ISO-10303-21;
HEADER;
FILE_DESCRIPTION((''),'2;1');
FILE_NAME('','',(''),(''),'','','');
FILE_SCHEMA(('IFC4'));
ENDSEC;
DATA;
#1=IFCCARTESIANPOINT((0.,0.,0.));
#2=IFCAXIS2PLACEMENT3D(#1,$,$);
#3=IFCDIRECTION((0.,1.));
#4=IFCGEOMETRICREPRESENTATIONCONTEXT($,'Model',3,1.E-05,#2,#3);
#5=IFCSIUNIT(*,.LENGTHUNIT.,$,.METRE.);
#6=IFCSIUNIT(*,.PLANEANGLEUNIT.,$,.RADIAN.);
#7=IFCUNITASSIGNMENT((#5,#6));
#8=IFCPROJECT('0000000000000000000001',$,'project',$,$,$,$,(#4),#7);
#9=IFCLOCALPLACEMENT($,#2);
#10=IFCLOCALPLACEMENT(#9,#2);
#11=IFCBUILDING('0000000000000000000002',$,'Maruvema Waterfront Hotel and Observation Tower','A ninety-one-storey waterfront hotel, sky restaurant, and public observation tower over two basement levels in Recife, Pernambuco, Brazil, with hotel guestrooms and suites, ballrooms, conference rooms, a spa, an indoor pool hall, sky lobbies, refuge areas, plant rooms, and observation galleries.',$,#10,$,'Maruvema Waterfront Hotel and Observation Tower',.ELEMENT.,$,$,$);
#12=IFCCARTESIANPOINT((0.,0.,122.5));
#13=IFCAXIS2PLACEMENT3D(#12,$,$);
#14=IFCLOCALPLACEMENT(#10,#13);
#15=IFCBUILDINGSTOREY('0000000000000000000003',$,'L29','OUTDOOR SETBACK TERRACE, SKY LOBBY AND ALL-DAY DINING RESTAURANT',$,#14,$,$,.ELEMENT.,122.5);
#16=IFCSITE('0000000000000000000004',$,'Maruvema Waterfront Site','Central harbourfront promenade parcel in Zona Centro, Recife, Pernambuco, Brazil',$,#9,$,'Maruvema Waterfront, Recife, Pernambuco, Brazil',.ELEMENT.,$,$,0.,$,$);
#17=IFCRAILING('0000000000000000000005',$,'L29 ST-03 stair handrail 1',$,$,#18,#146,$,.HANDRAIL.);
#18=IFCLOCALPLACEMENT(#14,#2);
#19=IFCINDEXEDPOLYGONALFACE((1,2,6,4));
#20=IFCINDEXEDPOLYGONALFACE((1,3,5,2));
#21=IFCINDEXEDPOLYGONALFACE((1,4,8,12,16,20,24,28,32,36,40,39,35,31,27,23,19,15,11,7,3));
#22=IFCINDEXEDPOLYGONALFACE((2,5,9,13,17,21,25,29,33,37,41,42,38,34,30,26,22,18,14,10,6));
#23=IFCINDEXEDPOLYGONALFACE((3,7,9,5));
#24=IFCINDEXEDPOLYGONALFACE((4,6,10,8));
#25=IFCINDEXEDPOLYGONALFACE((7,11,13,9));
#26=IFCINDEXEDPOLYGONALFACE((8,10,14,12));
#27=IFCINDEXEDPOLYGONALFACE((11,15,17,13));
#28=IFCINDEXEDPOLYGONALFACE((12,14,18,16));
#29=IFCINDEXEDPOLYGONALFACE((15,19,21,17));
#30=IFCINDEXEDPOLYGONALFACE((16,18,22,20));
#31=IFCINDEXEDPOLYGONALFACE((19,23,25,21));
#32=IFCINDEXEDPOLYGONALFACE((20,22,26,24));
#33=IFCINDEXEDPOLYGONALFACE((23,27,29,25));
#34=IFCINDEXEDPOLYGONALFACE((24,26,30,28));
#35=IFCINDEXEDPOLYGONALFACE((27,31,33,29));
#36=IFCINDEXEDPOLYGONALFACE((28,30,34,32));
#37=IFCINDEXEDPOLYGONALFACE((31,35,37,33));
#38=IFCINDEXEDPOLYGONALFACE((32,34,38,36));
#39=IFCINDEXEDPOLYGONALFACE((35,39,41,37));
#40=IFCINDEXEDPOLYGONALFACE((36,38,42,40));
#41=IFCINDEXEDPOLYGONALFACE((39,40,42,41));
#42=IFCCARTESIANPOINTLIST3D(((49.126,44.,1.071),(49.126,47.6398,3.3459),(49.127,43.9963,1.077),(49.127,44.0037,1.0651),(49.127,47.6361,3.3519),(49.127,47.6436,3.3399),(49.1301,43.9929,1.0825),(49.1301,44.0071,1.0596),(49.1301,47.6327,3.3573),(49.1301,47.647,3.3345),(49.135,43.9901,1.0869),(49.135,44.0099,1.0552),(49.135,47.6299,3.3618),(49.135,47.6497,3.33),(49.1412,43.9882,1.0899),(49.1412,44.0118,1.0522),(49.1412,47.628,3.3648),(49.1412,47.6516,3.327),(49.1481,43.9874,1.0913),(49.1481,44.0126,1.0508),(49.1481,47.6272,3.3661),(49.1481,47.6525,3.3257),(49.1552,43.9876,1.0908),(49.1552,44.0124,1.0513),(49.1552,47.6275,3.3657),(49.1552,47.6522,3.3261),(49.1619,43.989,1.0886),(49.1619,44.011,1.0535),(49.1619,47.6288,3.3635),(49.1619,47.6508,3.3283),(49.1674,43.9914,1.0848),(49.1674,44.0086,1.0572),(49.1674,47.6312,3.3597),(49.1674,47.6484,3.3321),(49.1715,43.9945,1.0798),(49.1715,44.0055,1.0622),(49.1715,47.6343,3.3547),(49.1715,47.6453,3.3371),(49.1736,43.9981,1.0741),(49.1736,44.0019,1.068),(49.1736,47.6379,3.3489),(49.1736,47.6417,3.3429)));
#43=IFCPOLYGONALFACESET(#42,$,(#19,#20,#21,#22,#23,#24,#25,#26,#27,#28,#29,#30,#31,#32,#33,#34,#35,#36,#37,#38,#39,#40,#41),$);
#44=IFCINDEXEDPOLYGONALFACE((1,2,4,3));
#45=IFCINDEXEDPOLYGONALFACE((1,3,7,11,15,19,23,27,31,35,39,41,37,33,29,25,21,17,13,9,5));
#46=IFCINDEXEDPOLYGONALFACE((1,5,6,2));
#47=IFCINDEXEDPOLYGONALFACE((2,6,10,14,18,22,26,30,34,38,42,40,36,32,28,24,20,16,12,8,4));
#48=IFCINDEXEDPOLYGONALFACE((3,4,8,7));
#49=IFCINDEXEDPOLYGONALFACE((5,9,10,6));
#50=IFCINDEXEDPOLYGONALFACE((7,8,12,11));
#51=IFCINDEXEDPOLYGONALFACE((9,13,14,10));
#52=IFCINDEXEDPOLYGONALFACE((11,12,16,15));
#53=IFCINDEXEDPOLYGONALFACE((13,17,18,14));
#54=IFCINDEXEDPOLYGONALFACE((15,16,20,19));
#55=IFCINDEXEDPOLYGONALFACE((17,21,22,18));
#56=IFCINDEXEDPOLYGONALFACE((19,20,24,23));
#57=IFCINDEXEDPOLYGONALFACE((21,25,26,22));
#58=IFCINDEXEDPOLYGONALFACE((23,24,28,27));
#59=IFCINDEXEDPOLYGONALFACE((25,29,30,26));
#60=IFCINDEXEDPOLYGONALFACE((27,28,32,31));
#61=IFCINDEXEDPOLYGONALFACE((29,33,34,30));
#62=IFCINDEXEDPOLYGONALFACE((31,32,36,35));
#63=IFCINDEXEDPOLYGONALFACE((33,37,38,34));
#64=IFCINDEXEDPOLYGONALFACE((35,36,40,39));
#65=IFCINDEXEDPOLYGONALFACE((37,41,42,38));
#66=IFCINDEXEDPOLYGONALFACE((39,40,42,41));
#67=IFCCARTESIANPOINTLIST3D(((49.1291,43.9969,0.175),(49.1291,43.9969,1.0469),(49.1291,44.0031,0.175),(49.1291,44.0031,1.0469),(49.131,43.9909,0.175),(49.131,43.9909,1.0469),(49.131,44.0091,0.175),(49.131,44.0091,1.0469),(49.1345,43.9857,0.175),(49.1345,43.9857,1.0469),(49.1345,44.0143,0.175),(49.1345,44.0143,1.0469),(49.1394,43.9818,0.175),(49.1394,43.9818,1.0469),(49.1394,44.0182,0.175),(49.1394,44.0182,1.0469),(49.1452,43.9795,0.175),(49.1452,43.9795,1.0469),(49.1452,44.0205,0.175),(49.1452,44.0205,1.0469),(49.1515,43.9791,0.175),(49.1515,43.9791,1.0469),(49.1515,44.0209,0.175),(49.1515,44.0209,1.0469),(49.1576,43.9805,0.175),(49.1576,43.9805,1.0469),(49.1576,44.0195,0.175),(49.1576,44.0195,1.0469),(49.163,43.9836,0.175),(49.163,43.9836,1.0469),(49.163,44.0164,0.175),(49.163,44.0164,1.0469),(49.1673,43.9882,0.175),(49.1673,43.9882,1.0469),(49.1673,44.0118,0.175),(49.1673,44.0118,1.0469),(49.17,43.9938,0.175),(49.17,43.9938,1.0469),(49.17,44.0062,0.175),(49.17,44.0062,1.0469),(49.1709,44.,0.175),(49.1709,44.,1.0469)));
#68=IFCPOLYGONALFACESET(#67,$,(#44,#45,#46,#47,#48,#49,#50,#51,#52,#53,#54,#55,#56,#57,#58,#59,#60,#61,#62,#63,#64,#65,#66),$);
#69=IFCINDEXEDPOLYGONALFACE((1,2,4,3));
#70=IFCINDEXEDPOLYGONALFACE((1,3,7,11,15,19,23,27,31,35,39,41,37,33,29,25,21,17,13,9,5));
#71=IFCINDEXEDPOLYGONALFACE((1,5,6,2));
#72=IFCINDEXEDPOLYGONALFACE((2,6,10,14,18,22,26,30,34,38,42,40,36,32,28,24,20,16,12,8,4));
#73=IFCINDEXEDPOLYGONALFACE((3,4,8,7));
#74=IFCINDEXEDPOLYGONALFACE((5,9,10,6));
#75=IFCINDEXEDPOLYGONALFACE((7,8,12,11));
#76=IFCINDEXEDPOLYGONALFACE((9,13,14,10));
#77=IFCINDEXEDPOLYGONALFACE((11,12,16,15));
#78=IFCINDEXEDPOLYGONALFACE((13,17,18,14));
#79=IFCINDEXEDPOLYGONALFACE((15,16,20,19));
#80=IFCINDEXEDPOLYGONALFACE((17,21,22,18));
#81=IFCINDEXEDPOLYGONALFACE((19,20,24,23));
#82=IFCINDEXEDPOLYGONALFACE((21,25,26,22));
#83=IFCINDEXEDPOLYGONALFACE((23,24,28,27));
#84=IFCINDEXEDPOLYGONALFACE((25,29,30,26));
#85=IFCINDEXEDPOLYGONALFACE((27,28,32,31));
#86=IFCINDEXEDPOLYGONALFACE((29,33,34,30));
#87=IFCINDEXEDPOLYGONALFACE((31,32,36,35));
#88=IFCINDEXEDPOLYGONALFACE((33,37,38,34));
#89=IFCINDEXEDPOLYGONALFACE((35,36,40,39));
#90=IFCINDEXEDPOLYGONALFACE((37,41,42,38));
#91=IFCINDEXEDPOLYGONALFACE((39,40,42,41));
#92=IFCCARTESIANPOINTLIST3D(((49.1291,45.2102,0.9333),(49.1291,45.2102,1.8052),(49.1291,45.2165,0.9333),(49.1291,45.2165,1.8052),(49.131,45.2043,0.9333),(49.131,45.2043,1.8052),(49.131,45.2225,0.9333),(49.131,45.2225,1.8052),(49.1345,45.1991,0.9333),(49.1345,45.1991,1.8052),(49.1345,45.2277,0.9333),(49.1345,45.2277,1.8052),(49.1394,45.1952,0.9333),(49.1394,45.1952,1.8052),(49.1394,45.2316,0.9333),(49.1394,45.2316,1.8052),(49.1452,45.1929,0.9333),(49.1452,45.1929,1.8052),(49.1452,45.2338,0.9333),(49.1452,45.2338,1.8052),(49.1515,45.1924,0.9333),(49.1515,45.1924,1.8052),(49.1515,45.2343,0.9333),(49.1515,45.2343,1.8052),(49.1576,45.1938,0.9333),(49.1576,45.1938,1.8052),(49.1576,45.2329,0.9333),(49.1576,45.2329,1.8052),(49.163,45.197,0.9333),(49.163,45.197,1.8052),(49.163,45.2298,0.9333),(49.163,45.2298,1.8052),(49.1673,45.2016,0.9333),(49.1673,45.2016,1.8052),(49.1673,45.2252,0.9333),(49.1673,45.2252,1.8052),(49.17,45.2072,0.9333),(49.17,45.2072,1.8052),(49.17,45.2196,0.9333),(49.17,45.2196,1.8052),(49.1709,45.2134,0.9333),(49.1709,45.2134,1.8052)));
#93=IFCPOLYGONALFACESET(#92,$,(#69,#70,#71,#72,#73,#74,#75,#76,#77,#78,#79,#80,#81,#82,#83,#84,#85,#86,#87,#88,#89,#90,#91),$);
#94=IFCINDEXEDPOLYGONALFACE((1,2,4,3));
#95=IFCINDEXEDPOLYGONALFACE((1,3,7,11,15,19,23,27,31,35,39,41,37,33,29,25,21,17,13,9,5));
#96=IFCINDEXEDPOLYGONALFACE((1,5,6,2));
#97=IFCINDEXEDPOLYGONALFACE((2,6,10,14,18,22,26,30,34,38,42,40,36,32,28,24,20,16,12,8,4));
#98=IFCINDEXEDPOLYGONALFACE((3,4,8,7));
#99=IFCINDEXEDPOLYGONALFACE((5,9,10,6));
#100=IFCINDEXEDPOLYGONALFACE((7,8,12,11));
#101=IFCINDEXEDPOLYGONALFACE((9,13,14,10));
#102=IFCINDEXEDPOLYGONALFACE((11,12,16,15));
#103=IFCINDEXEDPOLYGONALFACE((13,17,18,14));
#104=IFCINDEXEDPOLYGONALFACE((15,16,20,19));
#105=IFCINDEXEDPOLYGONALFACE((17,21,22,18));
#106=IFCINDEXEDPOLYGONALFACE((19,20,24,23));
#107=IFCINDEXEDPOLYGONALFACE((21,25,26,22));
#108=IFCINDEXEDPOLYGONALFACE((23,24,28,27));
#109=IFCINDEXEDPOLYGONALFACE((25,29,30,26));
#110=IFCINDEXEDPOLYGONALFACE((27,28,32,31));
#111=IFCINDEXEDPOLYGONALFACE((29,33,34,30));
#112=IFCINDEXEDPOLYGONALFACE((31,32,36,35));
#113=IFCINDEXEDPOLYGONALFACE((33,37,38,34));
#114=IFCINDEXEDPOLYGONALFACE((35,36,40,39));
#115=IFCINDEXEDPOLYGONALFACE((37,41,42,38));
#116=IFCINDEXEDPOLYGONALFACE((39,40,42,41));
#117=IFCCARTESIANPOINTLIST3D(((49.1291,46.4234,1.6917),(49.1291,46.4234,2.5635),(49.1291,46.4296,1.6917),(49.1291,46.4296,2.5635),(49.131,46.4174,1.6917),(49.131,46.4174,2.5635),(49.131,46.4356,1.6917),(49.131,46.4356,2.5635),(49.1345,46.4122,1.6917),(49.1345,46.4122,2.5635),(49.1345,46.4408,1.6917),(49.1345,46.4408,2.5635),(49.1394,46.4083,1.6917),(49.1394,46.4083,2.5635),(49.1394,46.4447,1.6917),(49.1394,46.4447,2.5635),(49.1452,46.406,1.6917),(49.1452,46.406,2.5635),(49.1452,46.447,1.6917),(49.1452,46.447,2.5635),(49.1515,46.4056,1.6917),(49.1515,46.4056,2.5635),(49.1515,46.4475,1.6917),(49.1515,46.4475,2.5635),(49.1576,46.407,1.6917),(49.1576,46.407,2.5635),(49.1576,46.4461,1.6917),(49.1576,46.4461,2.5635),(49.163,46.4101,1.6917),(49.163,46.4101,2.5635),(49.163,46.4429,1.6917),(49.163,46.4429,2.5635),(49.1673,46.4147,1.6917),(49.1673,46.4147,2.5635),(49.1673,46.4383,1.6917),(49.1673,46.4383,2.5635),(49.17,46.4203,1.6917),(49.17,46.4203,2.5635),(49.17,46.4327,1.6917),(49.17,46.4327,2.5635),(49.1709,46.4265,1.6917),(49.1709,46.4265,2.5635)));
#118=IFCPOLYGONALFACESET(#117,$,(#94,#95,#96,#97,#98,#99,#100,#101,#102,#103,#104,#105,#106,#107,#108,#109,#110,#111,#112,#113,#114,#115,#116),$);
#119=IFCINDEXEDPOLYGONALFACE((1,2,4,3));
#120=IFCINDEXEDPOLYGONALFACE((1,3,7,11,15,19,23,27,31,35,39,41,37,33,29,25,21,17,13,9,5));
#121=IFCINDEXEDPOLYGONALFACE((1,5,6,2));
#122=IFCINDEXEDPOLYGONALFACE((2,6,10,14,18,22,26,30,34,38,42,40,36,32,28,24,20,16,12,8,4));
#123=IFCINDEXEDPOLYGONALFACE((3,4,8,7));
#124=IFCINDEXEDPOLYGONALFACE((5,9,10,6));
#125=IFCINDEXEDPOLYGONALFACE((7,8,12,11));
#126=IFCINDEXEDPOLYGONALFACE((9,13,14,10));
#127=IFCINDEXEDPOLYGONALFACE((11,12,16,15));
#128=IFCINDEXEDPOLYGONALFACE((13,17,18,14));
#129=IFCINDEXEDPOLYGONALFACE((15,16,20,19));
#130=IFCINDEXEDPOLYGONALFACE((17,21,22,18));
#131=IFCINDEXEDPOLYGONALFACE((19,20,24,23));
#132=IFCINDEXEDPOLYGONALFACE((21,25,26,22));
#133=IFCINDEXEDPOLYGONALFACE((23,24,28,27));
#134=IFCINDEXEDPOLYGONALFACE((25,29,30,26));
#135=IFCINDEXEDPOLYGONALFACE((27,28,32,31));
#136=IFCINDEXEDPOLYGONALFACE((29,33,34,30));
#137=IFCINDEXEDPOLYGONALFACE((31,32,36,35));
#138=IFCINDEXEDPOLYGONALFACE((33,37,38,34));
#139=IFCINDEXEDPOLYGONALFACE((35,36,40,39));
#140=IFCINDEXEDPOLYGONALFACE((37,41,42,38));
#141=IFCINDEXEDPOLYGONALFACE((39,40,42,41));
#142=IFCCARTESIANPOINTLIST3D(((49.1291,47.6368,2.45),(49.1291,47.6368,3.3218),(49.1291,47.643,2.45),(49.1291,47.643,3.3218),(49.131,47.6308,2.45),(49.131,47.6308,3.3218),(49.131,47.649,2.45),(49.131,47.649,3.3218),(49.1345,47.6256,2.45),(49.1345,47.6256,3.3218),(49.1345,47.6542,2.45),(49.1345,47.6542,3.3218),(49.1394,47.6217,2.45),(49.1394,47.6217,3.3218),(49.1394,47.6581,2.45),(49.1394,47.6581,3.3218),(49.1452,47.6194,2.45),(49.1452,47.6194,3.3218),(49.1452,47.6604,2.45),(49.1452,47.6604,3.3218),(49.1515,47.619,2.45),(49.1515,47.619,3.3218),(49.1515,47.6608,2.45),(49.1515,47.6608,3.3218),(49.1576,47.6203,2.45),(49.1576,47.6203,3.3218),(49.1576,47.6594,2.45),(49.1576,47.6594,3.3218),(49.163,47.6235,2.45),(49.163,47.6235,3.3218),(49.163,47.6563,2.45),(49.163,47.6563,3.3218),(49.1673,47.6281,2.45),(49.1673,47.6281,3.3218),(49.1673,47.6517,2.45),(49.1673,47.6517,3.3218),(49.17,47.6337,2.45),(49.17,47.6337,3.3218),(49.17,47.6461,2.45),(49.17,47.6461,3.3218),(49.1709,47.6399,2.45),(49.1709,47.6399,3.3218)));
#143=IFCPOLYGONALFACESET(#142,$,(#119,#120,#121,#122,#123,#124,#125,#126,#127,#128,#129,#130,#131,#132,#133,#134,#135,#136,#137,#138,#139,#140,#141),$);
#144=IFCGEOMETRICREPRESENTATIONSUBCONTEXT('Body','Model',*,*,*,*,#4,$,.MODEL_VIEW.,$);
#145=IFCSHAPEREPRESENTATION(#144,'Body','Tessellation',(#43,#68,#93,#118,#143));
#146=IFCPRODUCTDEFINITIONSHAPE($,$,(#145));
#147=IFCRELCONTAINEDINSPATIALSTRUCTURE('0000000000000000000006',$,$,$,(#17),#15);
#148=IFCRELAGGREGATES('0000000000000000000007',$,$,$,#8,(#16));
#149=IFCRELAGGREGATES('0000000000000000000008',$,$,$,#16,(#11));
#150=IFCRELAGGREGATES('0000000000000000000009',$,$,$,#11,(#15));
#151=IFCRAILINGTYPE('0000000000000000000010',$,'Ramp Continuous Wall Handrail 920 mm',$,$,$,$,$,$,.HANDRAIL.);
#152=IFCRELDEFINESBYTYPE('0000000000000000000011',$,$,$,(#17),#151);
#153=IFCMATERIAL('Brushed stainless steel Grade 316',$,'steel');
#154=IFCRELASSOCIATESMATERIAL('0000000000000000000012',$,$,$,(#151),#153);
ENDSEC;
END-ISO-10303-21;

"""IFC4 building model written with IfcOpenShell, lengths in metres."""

from ifc_helpers import new_model, si_unit, direction, frame, origin, origin_2d, place, context, subcontext, project, spatial, circle, extrude, material, type_object, element, save


model = new_model("IFC4")

# Units and contexts
model_context = context("Model", 3, precision=1e-05, world=origin(), true_north=direction((0.0, 1.0)))
body_context = subcontext(model_context, "Body", "Model", "MODEL_VIEW")
ifc_project = project(units=[si_unit("LENGTHUNIT", "METRE"), si_unit("PLANEANGLEUNIT", "RADIAN")], contexts=[model_context])

# Site, building, storey
site_placement = place(None, origin())
site = spatial("IfcSite", under=ifc_project, at=site_placement, Name="Maruvema Waterfront Site", Description="Central harbourfront promenade parcel in Zona Centro, Recife, Pernambuco, Brazil", LongName="Maruvema Waterfront, Recife, Pernambuco, Brazil", CompositionType="ELEMENT", RefElevation=0.0)
building_placement = place(site_placement, origin())
building = spatial("IfcBuilding", under=site, at=building_placement, Name="Maruvema Waterfront Hotel and Observation Tower", Description="A ninety-one-storey waterfront hotel, sky restaurant, and public observation tower over two basement levels in Recife, Pernambuco, Brazil, with hotel guestrooms and suites, ballrooms, conference rooms, a spa, an indoor pool hall, sky lobbies, refuge areas, plant rooms, and observation galleries.", LongName="Maruvema Waterfront Hotel and Observation Tower", CompositionType="ELEMENT")
storey_placement = place(building_placement, frame((0.0, 0.0, 122.5)))
storey = spatial("IfcBuildingStorey", under=building, at=storey_placement, Name="L29", Description="OUTDOOR SETBACK TERRACE, SKY LOBBY AND ALL-DAY DINING RESTAURANT", CompositionType="ELEMENT", Elevation=122.5)

# Railing
ifc_material_1 = material(Name="Brushed stainless steel Grade 316", Category="steel")
railing_type_1 = type_object("IfcRailingType", Name="Ramp Continuous Wall Handrail 920 mm", PredefinedType="HANDRAIL", material=ifc_material_1)
railing_1_placement = place(storey_placement, frame((49.1499, 44.0, 0.175)))
element("IfcRailing", 1, at=railing_1_placement, inside=storey, type_object=railing_type_1, Name="L29 ST-03 stair handrail 1", PredefinedType="HANDRAIL", context=body_context, shape_type="SweptSolid", body=[
    extrude(circle(Radius=0.0239, at=origin_2d()), frame((0.0, 0.0, 0.896), z_axis=(0.0, 0.848001, 0.529994), x_axis=(-1.0, 0.0, 0.0)), (0.0, 0.0, 1.0), 4.2922),
    extrude(circle(Radius=0.021, at=origin_2d()), origin(), (0.0, 0.0, 1.0), 0.8718),
    extrude(circle(Radius=0.021, at=origin_2d()), frame((0.0, 1.2134, 0.7583)), (0.0, 0.0, 1.0), 0.8718),
    extrude(circle(Radius=0.021, at=origin_2d()), frame((0.0, 2.4265, 1.5166)), (0.0, 0.0, 1.0), 0.8718),
    extrude(circle(Radius=0.021, at=origin_2d()), frame((0.0, 3.6399, 2.2749)), (0.0, 0.0, 1.0), 0.8718),
])

save(model, "model.ifc")
